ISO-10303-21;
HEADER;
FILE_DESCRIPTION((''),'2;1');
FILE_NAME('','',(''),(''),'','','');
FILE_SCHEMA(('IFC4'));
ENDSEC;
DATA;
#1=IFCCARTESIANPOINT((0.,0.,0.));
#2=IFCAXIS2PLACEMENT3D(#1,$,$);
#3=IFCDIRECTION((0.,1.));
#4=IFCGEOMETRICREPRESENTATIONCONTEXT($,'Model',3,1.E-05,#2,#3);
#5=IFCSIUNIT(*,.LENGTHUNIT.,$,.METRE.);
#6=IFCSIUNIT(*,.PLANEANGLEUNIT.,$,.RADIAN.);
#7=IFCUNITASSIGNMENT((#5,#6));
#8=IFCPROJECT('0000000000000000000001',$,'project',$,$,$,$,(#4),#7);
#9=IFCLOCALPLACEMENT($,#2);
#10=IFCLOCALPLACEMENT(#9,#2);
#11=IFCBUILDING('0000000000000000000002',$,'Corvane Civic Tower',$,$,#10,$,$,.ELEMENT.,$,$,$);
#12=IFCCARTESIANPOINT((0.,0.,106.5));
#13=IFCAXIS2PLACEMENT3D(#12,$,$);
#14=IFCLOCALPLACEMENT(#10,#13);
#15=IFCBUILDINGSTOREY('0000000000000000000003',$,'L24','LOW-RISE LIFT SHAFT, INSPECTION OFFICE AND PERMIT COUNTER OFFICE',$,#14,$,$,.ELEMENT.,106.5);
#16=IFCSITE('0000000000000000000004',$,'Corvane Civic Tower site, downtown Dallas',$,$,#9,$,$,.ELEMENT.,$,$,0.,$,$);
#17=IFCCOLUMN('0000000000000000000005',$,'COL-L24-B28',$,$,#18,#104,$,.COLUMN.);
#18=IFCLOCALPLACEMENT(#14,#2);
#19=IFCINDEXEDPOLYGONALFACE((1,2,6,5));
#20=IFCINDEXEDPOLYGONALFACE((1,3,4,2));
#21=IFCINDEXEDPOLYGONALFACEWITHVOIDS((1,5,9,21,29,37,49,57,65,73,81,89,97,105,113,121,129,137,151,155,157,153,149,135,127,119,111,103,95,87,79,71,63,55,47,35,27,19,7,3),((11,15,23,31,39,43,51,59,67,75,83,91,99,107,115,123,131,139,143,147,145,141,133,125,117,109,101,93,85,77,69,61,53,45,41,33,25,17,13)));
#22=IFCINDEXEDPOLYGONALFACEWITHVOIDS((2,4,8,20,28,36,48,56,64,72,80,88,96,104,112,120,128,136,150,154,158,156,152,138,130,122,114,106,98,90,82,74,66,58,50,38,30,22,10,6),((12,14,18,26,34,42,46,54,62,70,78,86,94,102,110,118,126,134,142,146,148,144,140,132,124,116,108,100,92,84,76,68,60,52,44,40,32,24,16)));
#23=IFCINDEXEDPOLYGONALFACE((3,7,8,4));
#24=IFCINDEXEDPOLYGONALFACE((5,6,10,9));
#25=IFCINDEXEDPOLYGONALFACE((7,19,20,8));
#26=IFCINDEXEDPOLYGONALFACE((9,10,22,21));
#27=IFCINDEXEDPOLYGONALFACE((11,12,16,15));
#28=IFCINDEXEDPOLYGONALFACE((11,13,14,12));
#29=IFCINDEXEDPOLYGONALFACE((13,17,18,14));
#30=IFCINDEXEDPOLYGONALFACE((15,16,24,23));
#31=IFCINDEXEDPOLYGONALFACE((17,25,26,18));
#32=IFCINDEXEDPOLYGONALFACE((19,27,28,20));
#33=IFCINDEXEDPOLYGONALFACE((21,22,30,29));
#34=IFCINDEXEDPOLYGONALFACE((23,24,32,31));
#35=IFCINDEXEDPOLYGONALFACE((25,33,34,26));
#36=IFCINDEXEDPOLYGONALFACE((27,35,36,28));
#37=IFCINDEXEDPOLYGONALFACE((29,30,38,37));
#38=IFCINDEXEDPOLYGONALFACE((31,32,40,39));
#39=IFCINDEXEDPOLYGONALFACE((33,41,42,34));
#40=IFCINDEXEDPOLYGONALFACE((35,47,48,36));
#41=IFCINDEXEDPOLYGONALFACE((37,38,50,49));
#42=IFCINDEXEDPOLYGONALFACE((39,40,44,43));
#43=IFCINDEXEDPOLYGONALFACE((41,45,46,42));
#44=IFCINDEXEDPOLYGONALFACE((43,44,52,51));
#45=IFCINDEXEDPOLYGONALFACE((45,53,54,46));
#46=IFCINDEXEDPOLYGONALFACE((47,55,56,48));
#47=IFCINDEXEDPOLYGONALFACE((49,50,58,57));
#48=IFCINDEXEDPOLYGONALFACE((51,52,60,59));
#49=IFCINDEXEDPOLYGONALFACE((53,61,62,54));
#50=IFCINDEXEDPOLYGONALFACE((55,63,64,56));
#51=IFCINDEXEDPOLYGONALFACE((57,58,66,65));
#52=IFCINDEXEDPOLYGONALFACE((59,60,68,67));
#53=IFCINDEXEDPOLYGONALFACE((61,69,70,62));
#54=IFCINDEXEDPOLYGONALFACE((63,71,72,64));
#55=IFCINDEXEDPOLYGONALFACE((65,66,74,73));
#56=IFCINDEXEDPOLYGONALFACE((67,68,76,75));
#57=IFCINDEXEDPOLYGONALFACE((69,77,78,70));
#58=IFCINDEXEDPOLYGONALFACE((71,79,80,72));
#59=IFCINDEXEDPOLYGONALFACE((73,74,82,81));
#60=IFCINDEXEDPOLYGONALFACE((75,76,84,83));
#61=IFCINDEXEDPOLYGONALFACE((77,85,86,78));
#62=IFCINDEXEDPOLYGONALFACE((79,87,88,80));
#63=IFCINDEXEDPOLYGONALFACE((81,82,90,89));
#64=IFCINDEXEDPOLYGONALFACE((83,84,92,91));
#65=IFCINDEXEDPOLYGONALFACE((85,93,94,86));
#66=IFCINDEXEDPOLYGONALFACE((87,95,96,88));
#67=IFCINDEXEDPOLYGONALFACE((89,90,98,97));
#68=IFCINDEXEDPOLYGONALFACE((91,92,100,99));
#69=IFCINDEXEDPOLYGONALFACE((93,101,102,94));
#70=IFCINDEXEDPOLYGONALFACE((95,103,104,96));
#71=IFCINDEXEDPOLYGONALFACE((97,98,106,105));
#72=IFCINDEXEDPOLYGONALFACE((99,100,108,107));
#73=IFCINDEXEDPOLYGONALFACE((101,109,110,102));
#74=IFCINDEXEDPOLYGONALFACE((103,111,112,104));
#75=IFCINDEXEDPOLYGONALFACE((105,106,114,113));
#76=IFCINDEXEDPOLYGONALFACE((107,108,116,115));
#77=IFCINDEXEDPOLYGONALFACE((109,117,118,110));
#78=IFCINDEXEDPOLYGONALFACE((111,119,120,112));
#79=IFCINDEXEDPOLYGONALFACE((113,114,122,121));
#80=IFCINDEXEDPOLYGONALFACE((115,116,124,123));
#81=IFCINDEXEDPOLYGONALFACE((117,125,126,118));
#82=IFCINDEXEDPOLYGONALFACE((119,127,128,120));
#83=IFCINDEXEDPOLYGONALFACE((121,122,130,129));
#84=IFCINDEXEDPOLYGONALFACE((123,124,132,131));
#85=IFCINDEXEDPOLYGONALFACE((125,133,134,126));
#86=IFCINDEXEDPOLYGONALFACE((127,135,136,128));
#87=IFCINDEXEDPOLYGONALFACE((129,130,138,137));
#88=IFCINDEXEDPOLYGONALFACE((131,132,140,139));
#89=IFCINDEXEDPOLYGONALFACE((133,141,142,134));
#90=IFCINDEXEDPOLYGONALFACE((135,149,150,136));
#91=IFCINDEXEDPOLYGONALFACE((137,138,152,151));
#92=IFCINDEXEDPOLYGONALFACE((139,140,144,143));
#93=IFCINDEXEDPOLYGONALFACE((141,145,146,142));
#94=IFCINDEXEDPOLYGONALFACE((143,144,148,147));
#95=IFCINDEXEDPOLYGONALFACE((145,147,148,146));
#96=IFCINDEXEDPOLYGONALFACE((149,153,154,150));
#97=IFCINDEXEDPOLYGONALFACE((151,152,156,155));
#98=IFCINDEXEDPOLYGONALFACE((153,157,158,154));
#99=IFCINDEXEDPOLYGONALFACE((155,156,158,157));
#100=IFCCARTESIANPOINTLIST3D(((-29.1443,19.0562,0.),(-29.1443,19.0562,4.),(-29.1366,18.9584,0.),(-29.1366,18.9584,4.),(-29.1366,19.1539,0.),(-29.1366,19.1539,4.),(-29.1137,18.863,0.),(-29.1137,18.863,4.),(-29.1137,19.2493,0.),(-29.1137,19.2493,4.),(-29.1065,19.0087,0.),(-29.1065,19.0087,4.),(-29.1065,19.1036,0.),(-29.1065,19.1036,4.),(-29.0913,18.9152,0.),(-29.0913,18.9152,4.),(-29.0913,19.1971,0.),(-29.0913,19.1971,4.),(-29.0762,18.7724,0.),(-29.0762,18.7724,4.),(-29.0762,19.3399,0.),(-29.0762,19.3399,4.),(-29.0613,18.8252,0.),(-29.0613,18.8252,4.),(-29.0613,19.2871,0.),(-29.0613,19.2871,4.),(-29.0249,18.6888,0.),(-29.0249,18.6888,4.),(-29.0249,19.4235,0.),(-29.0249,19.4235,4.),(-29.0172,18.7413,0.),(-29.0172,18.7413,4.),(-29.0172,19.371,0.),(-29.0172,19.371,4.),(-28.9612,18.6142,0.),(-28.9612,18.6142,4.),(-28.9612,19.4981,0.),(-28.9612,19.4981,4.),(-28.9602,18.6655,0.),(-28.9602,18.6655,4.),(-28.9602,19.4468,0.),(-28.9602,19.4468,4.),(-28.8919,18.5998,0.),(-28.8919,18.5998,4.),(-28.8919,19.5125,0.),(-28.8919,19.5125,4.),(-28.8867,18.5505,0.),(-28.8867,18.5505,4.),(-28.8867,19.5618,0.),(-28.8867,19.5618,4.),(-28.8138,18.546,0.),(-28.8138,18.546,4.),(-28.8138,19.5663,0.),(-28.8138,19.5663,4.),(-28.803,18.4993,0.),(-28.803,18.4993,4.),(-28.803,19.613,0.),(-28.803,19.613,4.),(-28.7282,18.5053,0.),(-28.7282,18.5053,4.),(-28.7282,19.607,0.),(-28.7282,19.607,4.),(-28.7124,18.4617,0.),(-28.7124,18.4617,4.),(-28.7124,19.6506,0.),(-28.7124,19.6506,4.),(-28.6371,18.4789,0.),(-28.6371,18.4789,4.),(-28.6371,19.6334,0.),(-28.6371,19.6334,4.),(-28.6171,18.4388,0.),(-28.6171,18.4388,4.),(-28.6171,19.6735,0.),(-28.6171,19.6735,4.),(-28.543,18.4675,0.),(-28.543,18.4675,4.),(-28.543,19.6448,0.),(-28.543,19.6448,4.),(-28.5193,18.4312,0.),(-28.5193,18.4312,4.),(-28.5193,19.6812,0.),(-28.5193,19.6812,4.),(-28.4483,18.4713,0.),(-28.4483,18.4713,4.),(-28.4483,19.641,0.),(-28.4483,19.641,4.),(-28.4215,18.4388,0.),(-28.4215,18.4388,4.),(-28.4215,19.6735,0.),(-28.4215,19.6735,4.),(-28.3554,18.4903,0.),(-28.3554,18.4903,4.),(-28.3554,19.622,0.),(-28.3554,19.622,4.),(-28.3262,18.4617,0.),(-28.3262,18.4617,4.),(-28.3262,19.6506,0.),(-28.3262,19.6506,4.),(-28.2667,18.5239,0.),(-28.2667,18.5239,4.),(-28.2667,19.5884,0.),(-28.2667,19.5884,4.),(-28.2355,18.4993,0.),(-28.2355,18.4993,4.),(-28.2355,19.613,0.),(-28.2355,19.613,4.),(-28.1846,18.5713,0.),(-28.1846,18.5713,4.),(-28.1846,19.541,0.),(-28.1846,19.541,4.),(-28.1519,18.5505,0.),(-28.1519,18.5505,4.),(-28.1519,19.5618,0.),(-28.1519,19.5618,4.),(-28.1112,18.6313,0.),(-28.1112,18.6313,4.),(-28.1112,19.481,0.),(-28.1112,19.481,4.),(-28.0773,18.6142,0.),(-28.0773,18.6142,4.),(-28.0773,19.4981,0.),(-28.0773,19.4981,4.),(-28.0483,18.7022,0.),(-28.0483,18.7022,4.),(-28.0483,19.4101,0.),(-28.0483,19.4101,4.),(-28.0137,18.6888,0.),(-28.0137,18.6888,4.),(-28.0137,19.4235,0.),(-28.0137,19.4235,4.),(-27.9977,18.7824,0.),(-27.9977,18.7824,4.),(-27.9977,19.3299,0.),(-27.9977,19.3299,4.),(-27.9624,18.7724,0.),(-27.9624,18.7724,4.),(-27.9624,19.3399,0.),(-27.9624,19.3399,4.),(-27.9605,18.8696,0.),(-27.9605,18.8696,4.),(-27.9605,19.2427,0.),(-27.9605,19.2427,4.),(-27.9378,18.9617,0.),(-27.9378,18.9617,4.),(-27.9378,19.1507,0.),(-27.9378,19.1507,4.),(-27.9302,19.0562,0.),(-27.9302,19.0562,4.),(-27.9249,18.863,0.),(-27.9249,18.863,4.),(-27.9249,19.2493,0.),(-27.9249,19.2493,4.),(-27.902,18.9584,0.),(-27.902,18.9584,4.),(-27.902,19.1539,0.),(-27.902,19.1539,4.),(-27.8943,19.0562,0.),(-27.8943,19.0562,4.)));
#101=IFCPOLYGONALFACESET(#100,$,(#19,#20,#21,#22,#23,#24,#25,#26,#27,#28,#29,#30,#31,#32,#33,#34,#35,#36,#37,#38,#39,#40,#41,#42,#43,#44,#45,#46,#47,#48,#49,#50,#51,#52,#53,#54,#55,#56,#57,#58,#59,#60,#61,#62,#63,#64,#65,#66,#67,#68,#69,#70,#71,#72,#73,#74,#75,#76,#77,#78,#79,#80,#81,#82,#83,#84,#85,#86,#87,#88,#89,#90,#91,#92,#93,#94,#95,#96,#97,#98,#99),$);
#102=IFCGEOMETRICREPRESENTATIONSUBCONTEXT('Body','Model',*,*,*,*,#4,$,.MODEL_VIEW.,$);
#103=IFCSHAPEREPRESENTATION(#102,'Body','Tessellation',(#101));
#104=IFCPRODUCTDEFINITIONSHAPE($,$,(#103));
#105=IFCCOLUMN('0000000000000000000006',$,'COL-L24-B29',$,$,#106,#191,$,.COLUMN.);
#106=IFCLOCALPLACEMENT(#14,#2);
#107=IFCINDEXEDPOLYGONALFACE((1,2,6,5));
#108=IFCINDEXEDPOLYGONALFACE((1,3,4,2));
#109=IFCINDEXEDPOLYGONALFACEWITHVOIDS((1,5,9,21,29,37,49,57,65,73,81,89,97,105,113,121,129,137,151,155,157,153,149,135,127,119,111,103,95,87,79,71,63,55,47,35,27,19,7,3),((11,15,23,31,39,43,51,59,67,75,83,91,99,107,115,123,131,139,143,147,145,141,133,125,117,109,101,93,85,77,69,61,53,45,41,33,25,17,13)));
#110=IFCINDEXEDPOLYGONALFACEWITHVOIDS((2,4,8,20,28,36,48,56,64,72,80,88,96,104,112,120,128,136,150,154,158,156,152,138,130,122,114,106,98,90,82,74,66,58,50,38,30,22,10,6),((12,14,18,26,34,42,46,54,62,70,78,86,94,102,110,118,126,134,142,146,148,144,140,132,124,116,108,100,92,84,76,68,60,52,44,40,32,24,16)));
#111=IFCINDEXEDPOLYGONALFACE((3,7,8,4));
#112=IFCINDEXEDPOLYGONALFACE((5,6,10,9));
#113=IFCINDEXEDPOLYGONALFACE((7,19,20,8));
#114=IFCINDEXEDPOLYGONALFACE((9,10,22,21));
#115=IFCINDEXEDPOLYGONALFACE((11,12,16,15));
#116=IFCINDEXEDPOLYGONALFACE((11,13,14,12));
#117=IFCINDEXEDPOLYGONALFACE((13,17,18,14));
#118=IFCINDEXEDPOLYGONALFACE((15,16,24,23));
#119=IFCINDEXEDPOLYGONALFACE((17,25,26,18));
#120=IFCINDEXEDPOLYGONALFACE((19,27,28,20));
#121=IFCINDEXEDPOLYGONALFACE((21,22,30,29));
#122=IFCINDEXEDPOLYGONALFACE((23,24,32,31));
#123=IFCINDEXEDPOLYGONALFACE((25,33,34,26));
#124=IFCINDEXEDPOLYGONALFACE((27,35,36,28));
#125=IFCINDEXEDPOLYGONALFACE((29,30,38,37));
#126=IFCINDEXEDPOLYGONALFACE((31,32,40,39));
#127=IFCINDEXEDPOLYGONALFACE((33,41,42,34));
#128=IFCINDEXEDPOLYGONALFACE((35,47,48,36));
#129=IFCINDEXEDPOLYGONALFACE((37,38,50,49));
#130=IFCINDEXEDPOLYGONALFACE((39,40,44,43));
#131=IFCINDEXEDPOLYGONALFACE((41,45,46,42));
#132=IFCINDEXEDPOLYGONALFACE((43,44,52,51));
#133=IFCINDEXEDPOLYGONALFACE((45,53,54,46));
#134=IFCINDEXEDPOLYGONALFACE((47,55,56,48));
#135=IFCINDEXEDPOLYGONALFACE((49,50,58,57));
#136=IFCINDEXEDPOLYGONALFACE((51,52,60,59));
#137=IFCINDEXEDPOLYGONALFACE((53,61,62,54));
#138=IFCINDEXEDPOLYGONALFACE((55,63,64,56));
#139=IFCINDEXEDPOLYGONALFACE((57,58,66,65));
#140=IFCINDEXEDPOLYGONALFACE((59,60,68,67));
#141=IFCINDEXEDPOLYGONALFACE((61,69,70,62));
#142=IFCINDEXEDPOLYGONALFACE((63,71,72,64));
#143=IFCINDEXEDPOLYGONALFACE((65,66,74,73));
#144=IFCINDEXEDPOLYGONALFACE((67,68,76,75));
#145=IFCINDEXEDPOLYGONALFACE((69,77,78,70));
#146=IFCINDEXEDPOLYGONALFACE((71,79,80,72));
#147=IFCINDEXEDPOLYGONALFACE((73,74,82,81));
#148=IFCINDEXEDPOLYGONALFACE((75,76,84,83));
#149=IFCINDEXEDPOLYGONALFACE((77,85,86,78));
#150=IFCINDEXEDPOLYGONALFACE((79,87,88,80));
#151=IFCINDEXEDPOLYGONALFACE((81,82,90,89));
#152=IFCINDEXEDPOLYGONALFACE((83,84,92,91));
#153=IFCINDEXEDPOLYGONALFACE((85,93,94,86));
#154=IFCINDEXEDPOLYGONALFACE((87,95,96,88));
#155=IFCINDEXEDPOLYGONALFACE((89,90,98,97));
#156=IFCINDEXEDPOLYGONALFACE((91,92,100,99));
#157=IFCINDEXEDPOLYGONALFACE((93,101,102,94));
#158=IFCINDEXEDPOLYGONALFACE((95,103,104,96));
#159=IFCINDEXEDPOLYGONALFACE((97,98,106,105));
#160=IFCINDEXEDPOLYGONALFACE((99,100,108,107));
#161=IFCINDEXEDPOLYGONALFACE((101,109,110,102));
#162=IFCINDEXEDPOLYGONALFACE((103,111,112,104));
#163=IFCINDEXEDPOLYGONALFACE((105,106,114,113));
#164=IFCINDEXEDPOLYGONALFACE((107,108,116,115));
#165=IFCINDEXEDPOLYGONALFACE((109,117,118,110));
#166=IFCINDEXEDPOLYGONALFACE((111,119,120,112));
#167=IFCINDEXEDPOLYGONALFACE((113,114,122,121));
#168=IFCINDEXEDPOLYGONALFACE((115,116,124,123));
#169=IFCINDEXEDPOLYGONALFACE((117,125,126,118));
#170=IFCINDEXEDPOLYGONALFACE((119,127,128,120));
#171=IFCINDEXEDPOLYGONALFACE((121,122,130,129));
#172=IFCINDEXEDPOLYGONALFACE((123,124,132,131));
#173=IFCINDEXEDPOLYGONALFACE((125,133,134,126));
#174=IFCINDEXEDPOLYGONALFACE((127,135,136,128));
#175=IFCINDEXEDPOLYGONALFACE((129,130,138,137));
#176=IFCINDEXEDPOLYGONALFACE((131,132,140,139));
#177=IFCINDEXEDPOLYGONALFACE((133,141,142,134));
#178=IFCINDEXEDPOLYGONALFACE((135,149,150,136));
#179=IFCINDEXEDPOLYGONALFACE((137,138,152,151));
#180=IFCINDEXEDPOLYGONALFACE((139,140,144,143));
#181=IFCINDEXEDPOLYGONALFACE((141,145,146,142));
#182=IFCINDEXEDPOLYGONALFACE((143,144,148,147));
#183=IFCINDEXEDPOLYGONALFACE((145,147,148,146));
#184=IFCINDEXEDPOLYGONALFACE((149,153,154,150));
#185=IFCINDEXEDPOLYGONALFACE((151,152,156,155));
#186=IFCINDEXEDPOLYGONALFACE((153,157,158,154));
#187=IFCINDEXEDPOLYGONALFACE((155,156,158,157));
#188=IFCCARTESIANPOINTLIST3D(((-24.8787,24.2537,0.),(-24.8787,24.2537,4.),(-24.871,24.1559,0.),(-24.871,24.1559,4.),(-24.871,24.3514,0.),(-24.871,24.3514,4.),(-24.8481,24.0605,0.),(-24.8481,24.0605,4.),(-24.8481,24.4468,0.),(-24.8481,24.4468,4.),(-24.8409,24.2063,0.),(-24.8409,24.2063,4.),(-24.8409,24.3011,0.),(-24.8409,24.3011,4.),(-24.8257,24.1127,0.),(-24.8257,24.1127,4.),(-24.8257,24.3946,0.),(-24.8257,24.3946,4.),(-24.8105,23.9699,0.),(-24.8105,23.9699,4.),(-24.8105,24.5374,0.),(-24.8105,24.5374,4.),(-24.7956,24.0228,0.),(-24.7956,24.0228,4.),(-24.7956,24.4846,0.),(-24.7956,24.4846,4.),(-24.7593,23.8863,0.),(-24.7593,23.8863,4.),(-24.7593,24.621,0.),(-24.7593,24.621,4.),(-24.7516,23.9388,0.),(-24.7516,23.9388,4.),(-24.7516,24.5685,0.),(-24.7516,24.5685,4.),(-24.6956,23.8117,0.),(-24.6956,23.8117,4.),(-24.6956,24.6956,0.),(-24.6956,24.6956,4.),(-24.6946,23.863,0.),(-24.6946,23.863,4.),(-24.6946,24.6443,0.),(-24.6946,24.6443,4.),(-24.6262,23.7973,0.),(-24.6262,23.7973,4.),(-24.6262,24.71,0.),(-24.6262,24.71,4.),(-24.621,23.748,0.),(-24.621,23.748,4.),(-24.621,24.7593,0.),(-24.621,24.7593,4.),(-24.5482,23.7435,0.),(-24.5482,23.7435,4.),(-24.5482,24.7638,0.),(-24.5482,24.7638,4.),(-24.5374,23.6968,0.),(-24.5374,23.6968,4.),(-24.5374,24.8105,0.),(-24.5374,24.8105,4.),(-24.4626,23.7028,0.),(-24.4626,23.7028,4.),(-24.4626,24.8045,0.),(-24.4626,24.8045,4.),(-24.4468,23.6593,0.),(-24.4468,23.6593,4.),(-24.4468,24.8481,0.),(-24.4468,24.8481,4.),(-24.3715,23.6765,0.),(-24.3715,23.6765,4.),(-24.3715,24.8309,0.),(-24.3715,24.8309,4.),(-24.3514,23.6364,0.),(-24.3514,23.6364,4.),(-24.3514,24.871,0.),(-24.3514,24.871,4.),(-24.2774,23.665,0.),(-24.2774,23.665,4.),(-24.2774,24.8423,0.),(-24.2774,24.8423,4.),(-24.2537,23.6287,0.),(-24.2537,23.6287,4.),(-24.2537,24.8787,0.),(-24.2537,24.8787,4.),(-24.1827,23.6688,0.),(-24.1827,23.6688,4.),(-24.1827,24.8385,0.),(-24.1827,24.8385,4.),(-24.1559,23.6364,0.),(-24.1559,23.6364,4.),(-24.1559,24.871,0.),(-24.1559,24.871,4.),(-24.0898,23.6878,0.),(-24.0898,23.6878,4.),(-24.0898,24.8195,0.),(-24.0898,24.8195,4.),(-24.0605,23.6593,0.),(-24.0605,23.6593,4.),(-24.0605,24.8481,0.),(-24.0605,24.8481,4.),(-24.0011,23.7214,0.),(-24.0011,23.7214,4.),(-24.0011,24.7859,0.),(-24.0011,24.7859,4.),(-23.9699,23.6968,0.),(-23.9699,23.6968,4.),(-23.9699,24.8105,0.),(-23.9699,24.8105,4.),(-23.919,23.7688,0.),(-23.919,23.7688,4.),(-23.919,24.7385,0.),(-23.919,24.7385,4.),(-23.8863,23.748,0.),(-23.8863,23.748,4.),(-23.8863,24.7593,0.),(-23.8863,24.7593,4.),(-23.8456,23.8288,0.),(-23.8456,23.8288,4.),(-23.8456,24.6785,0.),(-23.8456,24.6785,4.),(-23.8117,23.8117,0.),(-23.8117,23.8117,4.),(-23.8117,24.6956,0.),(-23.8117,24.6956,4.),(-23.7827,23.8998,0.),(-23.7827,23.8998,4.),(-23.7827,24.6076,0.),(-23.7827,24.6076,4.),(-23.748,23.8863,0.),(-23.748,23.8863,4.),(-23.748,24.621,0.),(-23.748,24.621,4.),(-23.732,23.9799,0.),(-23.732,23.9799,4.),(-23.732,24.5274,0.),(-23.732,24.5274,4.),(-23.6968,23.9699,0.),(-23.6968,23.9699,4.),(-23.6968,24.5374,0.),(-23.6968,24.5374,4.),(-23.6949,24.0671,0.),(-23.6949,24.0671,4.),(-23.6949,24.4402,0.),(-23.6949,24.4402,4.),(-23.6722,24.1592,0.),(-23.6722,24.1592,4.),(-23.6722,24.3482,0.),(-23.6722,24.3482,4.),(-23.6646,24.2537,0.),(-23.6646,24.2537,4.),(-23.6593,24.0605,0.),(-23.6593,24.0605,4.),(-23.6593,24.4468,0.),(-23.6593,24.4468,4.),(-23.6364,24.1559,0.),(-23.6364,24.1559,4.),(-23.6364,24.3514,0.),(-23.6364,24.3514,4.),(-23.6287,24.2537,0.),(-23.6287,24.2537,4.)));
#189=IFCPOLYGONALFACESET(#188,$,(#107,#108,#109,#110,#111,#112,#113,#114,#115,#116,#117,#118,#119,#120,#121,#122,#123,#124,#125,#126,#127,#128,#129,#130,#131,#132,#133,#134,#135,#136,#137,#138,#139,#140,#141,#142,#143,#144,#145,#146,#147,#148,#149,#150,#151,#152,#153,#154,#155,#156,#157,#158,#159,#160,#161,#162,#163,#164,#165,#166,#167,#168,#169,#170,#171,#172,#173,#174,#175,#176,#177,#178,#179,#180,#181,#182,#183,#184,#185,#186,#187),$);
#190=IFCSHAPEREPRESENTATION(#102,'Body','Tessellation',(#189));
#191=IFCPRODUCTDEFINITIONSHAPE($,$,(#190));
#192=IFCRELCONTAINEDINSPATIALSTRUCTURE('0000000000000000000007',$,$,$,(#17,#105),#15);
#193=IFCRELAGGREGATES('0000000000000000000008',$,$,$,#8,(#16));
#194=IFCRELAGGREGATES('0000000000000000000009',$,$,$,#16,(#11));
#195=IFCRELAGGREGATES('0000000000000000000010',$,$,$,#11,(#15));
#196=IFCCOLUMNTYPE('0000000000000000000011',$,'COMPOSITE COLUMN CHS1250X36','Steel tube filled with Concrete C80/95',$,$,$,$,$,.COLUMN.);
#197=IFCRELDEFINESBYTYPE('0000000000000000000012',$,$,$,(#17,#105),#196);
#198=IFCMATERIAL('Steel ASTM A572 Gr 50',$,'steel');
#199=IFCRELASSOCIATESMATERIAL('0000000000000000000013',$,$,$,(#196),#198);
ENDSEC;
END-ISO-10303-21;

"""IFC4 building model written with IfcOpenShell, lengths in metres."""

from ifc_helpers import new_model, si_unit, direction, frame, origin, origin_2d, place, context, subcontext, project, spatial, hollow_circle, extrude, material, material_profile, profile_set, type_object, element, save


model = new_model("IFC4")

# Units and contexts
model_context = context("Model", 3, precision=1e-05, world=origin(), true_north=direction((0.0, 1.0)))
body_context = subcontext(model_context, "Body", "Model", "MODEL_VIEW")
ifc_project = project(units=[si_unit("LENGTHUNIT", "METRE"), si_unit("PLANEANGLEUNIT", "RADIAN")], contexts=[model_context])

# Site, building, storey
site_placement = place(None, origin())
site = spatial("IfcSite", under=ifc_project, at=site_placement, Name="Corvane Civic Tower site, downtown Dallas", CompositionType="ELEMENT", RefElevation=0.0)
building_placement = place(site_placement, origin())
building = spatial("IfcBuilding", under=site, at=building_placement, Name="Corvane Civic Tower", CompositionType="ELEMENT")
storey_placement = place(building_placement, frame((0.0, 0.0, 106.5)))
storey = spatial("IfcBuildingStorey", under=building, at=storey_placement, Name="L24", Description="LOW-RISE LIFT SHAFT, INSPECTION OFFICE AND PERMIT COUNTER OFFICE", CompositionType="ELEMENT", Elevation=106.5)

# Columns
ifc_material_1 = material(Name="Steel ASTM A572 Gr 50", Category="steel")
ifc_material_profile_1 = material_profile(ifc_material_1, hollow_circle(Radius=0.625, WallThickness=0.0359, at=origin_2d()), Name="CHS1250X36")
ifc_profile_set_1 = profile_set([ifc_material_profile_1], Name="Steel ASTM A572 Gr 50")
column_type = type_object("IfcColumnType", Name="COMPOSITE COLUMN CHS1250X36", Description="Steel tube filled with Concrete C80/95", PredefinedType="COLUMN", material=ifc_profile_set_1)
for number, where, z_axis, x_axis, name in (
    (1, (-28.5193, 19.0562, 0.0), (0.0, 0.0, 1.0), (1.0, 0.0, 0.0), "COL-L24-B28"),
    (2, (-24.2537, 24.2537, 0.0), (0.0, 0.0, 1.0), (1.0, 0.0, 0.0), "COL-L24-B29"),
):
    element("IfcColumn", number, at=place(storey_placement, frame(where, z_axis=z_axis, x_axis=x_axis)), inside=storey, type_object=column_type, Name=name, PredefinedType="COLUMN", context=body_context, shape_type="SweptSolid", body=[
        extrude(hollow_circle(Radius=0.625, WallThickness=0.0359, at=origin_2d()), origin(), (0.0, 0.0, 1.0), 4.0),
    ])

save(model, "model.ifc")
